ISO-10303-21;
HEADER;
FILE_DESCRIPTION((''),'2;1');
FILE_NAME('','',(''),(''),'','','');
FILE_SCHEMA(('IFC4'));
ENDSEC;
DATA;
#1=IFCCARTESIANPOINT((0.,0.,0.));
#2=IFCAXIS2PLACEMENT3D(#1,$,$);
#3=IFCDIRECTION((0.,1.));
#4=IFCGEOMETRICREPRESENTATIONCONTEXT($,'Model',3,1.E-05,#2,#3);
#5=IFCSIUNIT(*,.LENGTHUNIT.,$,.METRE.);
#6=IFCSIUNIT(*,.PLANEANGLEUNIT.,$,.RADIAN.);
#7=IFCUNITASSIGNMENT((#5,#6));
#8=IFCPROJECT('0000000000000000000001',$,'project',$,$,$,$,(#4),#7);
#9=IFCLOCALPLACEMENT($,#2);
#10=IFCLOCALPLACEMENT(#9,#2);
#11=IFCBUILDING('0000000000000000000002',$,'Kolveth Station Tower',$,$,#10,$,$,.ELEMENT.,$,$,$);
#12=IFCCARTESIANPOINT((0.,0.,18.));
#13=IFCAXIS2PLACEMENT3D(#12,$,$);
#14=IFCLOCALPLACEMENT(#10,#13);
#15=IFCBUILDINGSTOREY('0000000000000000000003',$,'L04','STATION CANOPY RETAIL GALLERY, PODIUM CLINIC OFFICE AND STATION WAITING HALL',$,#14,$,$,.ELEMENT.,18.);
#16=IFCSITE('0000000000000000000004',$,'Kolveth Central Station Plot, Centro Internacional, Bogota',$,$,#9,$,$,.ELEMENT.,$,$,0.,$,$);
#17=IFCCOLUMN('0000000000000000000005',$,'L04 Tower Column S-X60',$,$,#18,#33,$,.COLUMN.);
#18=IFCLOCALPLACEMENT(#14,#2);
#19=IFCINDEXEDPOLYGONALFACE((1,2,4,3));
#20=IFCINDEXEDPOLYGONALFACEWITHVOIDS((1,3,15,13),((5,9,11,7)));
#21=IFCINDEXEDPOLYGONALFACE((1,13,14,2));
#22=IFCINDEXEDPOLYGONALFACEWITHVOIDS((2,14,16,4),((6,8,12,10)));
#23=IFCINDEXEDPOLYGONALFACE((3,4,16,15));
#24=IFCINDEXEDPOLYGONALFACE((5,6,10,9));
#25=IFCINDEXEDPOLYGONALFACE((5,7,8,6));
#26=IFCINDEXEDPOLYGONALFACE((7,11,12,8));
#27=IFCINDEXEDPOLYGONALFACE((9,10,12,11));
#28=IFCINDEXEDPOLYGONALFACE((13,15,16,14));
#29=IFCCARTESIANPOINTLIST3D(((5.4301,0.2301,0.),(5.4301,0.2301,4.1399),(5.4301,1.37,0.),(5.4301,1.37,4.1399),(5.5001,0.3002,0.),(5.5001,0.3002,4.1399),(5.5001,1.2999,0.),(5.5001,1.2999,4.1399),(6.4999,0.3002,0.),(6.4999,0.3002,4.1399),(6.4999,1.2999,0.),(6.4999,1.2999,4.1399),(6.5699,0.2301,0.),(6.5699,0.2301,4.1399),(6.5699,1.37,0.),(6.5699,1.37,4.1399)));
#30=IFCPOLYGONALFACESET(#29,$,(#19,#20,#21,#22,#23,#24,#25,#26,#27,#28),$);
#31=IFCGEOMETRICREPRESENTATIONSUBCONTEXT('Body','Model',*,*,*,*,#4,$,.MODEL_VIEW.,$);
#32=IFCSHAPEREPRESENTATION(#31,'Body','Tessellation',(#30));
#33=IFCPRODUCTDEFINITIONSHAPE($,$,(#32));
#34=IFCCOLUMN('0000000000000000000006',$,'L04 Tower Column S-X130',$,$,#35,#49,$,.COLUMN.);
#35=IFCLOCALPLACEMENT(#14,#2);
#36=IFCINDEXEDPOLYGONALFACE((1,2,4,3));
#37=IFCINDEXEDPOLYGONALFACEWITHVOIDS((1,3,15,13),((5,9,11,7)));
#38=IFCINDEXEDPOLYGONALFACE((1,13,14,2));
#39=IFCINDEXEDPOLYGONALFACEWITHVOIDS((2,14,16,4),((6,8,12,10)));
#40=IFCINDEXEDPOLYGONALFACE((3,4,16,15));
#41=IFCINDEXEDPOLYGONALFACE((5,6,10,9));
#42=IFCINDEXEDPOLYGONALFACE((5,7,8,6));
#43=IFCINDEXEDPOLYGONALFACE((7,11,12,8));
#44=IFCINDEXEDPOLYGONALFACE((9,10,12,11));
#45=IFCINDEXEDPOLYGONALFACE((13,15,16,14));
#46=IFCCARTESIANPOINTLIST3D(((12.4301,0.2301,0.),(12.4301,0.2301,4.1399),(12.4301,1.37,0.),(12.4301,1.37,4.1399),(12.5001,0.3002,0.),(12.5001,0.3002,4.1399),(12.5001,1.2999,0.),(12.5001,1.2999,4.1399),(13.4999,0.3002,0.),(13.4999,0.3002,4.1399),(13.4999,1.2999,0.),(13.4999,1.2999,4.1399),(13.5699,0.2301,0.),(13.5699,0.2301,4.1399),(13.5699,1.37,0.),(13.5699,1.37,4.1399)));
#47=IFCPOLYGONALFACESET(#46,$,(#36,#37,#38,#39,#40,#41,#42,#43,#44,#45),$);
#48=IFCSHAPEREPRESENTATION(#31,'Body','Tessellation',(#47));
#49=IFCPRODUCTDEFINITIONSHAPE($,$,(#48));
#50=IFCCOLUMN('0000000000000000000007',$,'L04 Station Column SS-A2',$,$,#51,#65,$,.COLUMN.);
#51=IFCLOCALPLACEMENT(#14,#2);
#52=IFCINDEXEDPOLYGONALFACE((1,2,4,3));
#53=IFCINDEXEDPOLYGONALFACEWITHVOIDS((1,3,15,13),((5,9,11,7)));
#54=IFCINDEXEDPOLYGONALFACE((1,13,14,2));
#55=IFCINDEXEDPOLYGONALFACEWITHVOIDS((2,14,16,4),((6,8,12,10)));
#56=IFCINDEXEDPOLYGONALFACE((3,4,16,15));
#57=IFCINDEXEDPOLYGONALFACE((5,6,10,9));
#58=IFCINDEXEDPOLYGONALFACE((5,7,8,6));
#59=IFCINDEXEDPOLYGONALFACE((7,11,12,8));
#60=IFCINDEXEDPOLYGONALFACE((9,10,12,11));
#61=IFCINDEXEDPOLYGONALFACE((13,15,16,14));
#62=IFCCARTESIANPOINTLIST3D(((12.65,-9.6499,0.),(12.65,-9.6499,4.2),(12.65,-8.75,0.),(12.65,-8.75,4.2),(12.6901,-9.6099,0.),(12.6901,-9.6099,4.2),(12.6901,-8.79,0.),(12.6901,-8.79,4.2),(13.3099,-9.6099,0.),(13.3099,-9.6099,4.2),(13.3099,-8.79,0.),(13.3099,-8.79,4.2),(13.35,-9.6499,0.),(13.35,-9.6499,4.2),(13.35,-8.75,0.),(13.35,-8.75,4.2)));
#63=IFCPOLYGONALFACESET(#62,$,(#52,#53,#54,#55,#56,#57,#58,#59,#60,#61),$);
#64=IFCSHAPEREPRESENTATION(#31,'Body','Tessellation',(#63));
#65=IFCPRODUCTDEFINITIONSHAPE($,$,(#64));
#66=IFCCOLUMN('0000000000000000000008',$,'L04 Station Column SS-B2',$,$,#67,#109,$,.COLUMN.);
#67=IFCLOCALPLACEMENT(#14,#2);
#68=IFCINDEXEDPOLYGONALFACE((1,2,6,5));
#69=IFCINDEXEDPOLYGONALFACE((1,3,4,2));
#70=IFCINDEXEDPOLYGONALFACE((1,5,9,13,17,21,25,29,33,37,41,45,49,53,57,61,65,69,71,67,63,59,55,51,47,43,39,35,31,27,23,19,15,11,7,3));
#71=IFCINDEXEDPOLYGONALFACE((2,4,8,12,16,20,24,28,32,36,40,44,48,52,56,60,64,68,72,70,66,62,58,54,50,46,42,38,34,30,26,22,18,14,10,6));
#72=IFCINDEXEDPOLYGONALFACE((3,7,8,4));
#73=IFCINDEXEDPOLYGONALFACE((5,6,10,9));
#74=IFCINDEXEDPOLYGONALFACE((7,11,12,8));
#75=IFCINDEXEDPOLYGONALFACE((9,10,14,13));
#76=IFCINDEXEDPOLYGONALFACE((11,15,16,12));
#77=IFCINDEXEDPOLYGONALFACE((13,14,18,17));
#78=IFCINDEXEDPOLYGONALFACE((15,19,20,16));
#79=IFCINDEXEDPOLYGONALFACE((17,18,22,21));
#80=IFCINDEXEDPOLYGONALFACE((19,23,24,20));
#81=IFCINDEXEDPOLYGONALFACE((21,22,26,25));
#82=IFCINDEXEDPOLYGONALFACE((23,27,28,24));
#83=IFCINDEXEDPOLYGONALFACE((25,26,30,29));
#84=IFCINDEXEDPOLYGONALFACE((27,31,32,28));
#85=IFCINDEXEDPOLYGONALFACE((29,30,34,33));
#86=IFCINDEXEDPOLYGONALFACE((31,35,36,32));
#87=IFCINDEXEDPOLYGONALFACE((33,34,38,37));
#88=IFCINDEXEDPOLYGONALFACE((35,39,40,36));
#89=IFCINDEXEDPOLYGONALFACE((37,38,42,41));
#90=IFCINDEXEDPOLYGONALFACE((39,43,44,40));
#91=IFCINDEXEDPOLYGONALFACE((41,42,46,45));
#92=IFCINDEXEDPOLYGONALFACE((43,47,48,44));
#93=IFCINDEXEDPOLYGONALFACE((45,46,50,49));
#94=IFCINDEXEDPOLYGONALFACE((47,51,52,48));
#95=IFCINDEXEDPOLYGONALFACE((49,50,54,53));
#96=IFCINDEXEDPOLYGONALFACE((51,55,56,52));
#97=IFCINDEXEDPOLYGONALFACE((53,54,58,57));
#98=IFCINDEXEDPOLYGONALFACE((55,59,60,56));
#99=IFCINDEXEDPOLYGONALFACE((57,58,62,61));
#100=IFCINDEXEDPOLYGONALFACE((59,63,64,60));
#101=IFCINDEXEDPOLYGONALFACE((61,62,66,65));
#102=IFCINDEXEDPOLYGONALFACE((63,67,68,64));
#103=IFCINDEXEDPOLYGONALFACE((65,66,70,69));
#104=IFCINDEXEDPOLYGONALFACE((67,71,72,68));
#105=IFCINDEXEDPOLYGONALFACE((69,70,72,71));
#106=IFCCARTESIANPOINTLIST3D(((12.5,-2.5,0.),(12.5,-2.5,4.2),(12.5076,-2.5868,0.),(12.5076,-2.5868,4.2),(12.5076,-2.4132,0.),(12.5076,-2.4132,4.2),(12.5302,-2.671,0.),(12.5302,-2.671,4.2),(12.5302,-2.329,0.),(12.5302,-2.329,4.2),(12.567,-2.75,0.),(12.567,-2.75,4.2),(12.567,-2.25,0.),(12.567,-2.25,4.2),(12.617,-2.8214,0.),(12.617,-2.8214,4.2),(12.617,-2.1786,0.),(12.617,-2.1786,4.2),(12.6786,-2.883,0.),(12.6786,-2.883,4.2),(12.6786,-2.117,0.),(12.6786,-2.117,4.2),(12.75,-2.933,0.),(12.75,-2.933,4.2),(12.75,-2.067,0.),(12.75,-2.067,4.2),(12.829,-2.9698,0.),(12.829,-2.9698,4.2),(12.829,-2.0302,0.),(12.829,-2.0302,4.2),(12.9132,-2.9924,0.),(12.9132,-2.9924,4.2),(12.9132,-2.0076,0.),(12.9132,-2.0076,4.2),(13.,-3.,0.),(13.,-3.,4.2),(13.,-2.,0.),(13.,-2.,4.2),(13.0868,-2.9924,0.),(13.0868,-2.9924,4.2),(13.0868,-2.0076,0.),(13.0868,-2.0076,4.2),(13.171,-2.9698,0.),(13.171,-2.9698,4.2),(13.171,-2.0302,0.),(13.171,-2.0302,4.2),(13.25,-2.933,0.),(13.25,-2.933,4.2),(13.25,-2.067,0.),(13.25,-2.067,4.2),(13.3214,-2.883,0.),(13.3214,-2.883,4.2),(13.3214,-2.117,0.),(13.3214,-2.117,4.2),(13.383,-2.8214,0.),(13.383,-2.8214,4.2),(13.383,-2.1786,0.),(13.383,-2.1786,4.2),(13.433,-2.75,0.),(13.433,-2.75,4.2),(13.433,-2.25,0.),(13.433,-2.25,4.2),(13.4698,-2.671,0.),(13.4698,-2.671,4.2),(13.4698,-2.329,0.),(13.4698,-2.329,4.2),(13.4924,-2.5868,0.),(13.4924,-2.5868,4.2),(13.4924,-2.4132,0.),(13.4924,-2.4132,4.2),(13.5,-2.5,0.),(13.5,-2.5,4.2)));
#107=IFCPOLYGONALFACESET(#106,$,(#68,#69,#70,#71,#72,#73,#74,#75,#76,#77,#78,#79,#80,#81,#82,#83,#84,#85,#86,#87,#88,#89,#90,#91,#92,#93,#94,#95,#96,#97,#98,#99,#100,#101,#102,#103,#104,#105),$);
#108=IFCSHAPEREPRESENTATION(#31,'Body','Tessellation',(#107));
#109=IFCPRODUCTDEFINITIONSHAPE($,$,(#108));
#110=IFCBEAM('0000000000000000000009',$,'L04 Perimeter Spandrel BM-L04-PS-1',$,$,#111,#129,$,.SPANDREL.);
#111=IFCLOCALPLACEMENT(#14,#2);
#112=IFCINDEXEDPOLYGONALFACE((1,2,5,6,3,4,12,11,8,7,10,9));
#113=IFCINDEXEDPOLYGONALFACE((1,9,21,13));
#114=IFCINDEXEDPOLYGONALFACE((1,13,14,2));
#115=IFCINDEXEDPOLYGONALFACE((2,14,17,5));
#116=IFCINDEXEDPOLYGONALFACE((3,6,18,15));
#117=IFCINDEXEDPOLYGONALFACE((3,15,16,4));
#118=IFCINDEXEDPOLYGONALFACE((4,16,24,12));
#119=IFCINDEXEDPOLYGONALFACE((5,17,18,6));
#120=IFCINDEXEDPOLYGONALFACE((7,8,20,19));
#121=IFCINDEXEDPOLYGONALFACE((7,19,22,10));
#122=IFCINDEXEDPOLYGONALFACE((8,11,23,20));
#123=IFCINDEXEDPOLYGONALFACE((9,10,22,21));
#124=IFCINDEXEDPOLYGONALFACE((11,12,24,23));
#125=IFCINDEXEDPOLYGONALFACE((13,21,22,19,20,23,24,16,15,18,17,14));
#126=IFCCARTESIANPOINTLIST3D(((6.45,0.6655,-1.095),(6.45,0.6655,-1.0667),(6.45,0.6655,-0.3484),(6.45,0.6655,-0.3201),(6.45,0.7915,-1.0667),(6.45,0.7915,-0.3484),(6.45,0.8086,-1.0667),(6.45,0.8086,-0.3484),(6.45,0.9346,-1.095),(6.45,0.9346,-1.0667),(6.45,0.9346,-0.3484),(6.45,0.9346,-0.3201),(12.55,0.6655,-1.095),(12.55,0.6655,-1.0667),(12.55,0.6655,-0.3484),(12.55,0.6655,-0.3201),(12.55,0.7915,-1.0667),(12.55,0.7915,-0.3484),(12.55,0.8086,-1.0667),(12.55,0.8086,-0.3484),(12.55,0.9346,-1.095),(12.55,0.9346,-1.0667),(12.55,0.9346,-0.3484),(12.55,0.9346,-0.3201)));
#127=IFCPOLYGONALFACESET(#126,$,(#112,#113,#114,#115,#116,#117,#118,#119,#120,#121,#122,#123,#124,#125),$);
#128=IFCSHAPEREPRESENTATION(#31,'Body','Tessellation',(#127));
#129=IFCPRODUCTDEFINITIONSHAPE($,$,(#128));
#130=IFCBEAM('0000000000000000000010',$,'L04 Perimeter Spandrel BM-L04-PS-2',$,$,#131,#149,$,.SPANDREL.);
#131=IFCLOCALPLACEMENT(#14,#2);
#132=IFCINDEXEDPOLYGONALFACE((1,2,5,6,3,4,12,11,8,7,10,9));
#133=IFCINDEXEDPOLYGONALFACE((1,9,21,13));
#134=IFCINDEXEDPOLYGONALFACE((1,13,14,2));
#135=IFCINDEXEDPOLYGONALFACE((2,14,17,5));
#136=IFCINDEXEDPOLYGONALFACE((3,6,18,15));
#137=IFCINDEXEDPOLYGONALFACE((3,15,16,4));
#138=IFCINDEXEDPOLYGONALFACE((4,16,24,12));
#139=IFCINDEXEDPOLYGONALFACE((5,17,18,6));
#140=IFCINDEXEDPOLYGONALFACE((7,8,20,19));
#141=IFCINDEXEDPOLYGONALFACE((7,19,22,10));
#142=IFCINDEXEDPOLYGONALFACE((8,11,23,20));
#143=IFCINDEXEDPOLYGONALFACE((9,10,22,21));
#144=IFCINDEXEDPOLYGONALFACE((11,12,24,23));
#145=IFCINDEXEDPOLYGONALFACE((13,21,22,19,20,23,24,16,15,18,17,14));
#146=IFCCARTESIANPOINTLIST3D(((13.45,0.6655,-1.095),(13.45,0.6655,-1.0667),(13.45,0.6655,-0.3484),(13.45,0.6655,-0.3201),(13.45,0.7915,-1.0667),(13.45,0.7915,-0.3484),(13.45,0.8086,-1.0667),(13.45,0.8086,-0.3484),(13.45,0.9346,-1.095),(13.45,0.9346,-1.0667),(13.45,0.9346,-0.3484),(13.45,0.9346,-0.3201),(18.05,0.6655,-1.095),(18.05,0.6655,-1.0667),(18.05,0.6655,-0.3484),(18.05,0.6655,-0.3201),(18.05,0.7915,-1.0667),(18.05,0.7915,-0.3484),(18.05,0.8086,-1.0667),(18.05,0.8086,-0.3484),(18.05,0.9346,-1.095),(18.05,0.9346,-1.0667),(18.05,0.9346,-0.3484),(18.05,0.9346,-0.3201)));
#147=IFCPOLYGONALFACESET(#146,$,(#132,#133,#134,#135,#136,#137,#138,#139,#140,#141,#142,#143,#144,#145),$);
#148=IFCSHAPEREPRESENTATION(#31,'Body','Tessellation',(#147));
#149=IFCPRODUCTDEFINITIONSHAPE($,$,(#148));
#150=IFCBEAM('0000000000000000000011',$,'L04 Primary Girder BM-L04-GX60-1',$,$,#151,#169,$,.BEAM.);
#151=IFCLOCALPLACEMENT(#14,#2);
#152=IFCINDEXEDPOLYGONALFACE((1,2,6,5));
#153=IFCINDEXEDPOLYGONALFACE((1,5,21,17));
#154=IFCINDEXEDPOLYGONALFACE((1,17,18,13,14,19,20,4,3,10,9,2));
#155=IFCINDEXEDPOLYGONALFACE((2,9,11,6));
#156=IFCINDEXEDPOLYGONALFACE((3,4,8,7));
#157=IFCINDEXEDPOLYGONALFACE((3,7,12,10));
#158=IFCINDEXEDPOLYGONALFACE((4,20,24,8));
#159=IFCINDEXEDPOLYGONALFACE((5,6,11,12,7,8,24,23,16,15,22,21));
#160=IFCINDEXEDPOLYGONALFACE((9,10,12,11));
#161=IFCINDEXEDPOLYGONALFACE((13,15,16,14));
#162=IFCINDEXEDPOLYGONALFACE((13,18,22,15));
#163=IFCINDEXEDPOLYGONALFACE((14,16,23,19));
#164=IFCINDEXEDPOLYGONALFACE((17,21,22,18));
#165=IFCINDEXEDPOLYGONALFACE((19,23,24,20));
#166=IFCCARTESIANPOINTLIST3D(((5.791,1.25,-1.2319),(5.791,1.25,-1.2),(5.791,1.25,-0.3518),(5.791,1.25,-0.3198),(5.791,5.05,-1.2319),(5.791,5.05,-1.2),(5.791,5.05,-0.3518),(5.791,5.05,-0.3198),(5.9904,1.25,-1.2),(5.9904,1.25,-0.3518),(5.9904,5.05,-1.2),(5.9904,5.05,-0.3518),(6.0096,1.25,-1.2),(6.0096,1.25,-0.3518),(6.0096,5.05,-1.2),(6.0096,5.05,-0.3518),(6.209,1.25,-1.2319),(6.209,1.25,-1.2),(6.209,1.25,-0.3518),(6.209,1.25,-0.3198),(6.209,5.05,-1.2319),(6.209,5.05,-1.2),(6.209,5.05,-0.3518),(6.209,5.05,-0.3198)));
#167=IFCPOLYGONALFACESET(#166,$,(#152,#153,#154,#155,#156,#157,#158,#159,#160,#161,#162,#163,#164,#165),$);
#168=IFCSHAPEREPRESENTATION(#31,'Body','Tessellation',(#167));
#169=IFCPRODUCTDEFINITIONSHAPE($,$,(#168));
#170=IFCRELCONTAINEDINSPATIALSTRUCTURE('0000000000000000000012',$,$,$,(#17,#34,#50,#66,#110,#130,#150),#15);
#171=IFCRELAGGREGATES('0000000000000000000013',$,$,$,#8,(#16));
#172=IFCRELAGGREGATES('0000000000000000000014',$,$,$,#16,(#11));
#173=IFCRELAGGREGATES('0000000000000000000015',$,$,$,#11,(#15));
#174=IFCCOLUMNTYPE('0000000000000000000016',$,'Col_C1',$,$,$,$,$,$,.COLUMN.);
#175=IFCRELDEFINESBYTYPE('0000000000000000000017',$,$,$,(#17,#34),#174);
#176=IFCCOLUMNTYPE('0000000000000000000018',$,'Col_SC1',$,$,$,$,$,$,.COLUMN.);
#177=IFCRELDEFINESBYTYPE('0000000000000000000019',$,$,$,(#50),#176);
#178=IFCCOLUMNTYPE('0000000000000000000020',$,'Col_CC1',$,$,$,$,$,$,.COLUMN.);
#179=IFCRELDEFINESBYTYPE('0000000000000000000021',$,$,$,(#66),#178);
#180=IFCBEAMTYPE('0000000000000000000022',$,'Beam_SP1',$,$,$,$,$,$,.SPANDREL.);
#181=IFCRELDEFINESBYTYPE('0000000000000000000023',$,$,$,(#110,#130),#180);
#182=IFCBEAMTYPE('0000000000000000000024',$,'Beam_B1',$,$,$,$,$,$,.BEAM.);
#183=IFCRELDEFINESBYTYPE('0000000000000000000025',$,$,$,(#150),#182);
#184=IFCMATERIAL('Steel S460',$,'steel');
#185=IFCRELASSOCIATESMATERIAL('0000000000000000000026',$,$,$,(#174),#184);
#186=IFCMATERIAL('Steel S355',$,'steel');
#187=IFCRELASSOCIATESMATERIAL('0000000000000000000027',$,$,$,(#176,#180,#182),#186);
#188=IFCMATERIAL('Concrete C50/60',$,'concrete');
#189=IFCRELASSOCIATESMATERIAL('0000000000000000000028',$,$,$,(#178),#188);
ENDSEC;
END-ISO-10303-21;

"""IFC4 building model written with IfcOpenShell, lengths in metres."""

from ifc_helpers import new_model, si_unit, direction, frame, origin, origin_2d, place, context, subcontext, project, spatial, hollow_rectangle, circle, i_section, extrude, source, transform, mapped, material, material_profile, profile_set, type_object, element, save


model = new_model("IFC4")

# Units and contexts
model_context = context("Model", 3, precision=1e-05, world=origin(), true_north=direction((0.0, 1.0)))
body_context = subcontext(model_context, "Body", "Model", "MODEL_VIEW")
ifc_project = project(units=[si_unit("LENGTHUNIT", "METRE"), si_unit("PLANEANGLEUNIT", "RADIAN")], contexts=[model_context])

# Site, building, storey
site_placement = place(None, origin())
site = spatial("IfcSite", under=ifc_project, at=site_placement, Name="Kolveth Central Station Plot, Centro Internacional, Bogota", CompositionType="ELEMENT", RefElevation=0.0)
building_placement = place(site_placement, origin())
building = spatial("IfcBuilding", under=site, at=building_placement, Name="Kolveth Station Tower", CompositionType="ELEMENT")
storey_placement = place(building_placement, frame((0.0, 0.0, 18.0)))
storey = spatial("IfcBuildingStorey", under=building, at=storey_placement, Name="L04", Description="STATION CANOPY RETAIL GALLERY, PODIUM CLINIC OFFICE AND STATION WAITING HALL", CompositionType="ELEMENT", Elevation=18.0)

# Columns
ifc_material_1 = material(Name="Steel S460", Category="steel")
ifc_material_profile_1 = material_profile(ifc_material_1, hollow_rectangle(XDim=1.1399, YDim=1.1399, WallThickness=0.0701, at=origin_2d()), Name="BOX1140x1140x70")
ifc_profile_set_1 = profile_set([ifc_material_profile_1], Name="Steel S460")
column_type_1 = type_object("IfcColumnType", Name="Col_C1", PredefinedType="COLUMN", material=ifc_profile_set_1)
shared_shape_1 = source(origin(), body_context, "Body", "SweptSolid", [
    extrude(hollow_rectangle(XDim=1.1399, YDim=1.1399, WallThickness=0.0701, at=origin_2d()), origin(), (0.0, 0.0, 1.0), 4.1399),
])
for number, where, z_axis, x_axis, name in (
    (1, (6.0, 0.8, 0.0), (0.0, 0.0, 1.0), (1.0, 0.0, 0.0), "L04 Tower Column S-X60"),
    (2, (13.0, 0.8, 0.0), (0.0, 0.0, 1.0), (1.0, 0.0, 0.0), "L04 Tower Column S-X130"),
):
    element("IfcColumn", number, at=place(storey_placement, frame(where, z_axis=z_axis, x_axis=x_axis)), inside=storey, type_object=column_type_1, Name=name, PredefinedType="COLUMN", context=body_context, shape_type="MappedRepresentation", body=[
        mapped(shared_shape_1, transform((0.0, 0.0, 0.0), x_axis=(1.0, 0.0, 0.0), y_axis=(0.0, 1.0, 0.0), z_axis=(0.0, 0.0, 1.0), scale=1.0)),
    ])
ifc_material_2 = material(Name="Steel S355", Category="steel")
ifc_material_profile_2 = material_profile(ifc_material_2, hollow_rectangle(XDim=0.7, YDim=0.8999, WallThickness=0.04, at=origin_2d()), Name="BOX900x700x40")
ifc_profile_set_2 = profile_set([ifc_material_profile_2], Name="Steel S355")
column_type_2 = type_object("IfcColumnType", Name="Col_SC1", PredefinedType="COLUMN", material=ifc_profile_set_2)
shared_shape_2 = source(origin(), body_context, "Body", "SweptSolid", [
    extrude(hollow_rectangle(XDim=0.7, YDim=0.8999, WallThickness=0.04, at=origin_2d()), origin(), (0.0, 0.0, 1.0), 4.2),
])
column_1_placement = place(storey_placement, frame((13.0, -9.2, 0.0), z_axis=(0.0, 0.0, 1.0), x_axis=(1.0, 0.0, 0.0)))
element("IfcColumn", 3, at=column_1_placement, inside=storey, type_object=column_type_2, Name="L04 Station Column SS-A2", PredefinedType="COLUMN", context=body_context, shape_type="MappedRepresentation", body=[
    mapped(shared_shape_2, transform((0.0, 0.0, 0.0), x_axis=(1.0, 0.0, 0.0), y_axis=(0.0, 1.0, 0.0), z_axis=(0.0, 0.0, 1.0), scale=1.0)),
])
ifc_material_3 = material(Name="Concrete C50/60", Category="concrete")
ifc_material_profile_3 = material_profile(ifc_material_3, circle(Radius=0.5, at=origin_2d()), Name="RC-D1000")
ifc_profile_set_3 = profile_set([ifc_material_profile_3], Name="Concrete C50/60")
column_type_3 = type_object("IfcColumnType", Name="Col_CC1", PredefinedType="COLUMN", material=ifc_profile_set_3)
shared_shape_3 = source(origin(), body_context, "Body", "SweptSolid", [
    extrude(circle(Radius=0.5, at=origin_2d()), origin(), (0.0, 0.0, 1.0), 4.2),
])
column_2_placement = place(storey_placement, frame((13.0, -2.5, 0.0), z_axis=(0.0, 0.0, 1.0), x_axis=(1.0, 0.0, 0.0)))
element("IfcColumn", 4, at=column_2_placement, inside=storey, type_object=column_type_3, Name="L04 Station Column SS-B2", PredefinedType="COLUMN", context=body_context, shape_type="MappedRepresentation", body=[
    mapped(shared_shape_3, transform((0.0, 0.0, 0.0), x_axis=(1.0, 0.0, 0.0), y_axis=(0.0, 1.0, 0.0), z_axis=(0.0, 0.0, 1.0), scale=1.0)),
])

# Beams
ifc_material_profile_4 = material_profile(ifc_material_2, i_section(OverallWidth=0.269, OverallDepth=0.7749, WebThickness=0.0171, FlangeThickness=0.0283, at=origin_2d()), Name="W760x220")
ifc_profile_set_4 = profile_set([ifc_material_profile_4], Name="Steel S355")
beam_type_1 = type_object("IfcBeamType", Name="Beam_SP1", PredefinedType="SPANDREL", material=ifc_profile_set_4)
shared_shape_4 = source(origin(), body_context, "Body", "SweptSolid", [
    extrude(i_section(OverallWidth=0.269, OverallDepth=0.7749, WebThickness=0.0171, FlangeThickness=0.0283, at=origin_2d()), origin(), (0.0, 0.0, 1.0), 6.1001),
])
beam_1_placement = place(storey_placement, frame((6.45, 0.8, -0.7075), z_axis=(1.0, 0.0, 0.0), x_axis=(0.0, 1.0, 0.0)))
element("IfcBeam", 5, at=beam_1_placement, inside=storey, type_object=beam_type_1, Name="L04 Perimeter Spandrel BM-L04-PS-1", PredefinedType="SPANDREL", context=body_context, shape_type="MappedRepresentation", body=[
    mapped(shared_shape_4, transform((0.0, 0.0, 0.0), x_axis=(1.0, 0.0, 0.0), y_axis=(0.0, 1.0, 0.0), z_axis=(0.0, 0.0, 1.0), scale=1.0)),
])
shared_shape_5 = source(origin(), body_context, "Body", "SweptSolid", [
    extrude(i_section(OverallWidth=0.269, OverallDepth=0.7749, WebThickness=0.0171, FlangeThickness=0.0283, at=origin_2d()), origin(), (0.0, 0.0, 1.0), 4.6001),
])
beam_2_placement = place(storey_placement, frame((13.45, 0.8, -0.7075), z_axis=(1.0, 0.0, 0.0), x_axis=(0.0, 1.0, 0.0)))
element("IfcBeam", 6, at=beam_2_placement, inside=storey, type_object=beam_type_1, Name="L04 Perimeter Spandrel BM-L04-PS-2", PredefinedType="SPANDREL", context=body_context, shape_type="MappedRepresentation", body=[
    mapped(shared_shape_5, transform((0.0, 0.0, 0.0), x_axis=(1.0, 0.0, 0.0), y_axis=(0.0, 1.0, 0.0), z_axis=(0.0, 0.0, 1.0), scale=1.0)),
])
ifc_material_profile_5 = material_profile(ifc_material_2, i_section(OverallWidth=0.418, OverallDepth=0.9121, WebThickness=0.0193, FlangeThickness=0.032, at=origin_2d()), Name="W920x342")
ifc_profile_set_5 = profile_set([ifc_material_profile_5], Name="Steel S355")
beam_type_2 = type_object("IfcBeamType", Name="Beam_B1", PredefinedType="BEAM", material=ifc_profile_set_5)
shared_shape_6 = source(origin(), body_context, "Body", "SweptSolid", [
    extrude(i_section(OverallWidth=0.418, OverallDepth=0.9121, WebThickness=0.0193, FlangeThickness=0.032, at=origin_2d()), origin(), (0.0, 0.0, 1.0), 3.8),
])
beam_3_placement = place(storey_placement, frame((6.0, 1.25, -0.7759), z_axis=(0.0, 1.0, 0.0), x_axis=(-1.0, 0.0, 0.0)))
element("IfcBeam", 7, at=beam_3_placement, inside=storey, type_object=beam_type_2, Name="L04 Primary Girder BM-L04-GX60-1", PredefinedType="BEAM", context=body_context, shape_type="MappedRepresentation", body=[
    mapped(shared_shape_6, transform((0.0, 0.0, 0.0), x_axis=(1.0, 0.0, 0.0), y_axis=(0.0, 1.0, 0.0), z_axis=(0.0, 0.0, 1.0), scale=1.0)),
])

save(model, "model.ifc")
